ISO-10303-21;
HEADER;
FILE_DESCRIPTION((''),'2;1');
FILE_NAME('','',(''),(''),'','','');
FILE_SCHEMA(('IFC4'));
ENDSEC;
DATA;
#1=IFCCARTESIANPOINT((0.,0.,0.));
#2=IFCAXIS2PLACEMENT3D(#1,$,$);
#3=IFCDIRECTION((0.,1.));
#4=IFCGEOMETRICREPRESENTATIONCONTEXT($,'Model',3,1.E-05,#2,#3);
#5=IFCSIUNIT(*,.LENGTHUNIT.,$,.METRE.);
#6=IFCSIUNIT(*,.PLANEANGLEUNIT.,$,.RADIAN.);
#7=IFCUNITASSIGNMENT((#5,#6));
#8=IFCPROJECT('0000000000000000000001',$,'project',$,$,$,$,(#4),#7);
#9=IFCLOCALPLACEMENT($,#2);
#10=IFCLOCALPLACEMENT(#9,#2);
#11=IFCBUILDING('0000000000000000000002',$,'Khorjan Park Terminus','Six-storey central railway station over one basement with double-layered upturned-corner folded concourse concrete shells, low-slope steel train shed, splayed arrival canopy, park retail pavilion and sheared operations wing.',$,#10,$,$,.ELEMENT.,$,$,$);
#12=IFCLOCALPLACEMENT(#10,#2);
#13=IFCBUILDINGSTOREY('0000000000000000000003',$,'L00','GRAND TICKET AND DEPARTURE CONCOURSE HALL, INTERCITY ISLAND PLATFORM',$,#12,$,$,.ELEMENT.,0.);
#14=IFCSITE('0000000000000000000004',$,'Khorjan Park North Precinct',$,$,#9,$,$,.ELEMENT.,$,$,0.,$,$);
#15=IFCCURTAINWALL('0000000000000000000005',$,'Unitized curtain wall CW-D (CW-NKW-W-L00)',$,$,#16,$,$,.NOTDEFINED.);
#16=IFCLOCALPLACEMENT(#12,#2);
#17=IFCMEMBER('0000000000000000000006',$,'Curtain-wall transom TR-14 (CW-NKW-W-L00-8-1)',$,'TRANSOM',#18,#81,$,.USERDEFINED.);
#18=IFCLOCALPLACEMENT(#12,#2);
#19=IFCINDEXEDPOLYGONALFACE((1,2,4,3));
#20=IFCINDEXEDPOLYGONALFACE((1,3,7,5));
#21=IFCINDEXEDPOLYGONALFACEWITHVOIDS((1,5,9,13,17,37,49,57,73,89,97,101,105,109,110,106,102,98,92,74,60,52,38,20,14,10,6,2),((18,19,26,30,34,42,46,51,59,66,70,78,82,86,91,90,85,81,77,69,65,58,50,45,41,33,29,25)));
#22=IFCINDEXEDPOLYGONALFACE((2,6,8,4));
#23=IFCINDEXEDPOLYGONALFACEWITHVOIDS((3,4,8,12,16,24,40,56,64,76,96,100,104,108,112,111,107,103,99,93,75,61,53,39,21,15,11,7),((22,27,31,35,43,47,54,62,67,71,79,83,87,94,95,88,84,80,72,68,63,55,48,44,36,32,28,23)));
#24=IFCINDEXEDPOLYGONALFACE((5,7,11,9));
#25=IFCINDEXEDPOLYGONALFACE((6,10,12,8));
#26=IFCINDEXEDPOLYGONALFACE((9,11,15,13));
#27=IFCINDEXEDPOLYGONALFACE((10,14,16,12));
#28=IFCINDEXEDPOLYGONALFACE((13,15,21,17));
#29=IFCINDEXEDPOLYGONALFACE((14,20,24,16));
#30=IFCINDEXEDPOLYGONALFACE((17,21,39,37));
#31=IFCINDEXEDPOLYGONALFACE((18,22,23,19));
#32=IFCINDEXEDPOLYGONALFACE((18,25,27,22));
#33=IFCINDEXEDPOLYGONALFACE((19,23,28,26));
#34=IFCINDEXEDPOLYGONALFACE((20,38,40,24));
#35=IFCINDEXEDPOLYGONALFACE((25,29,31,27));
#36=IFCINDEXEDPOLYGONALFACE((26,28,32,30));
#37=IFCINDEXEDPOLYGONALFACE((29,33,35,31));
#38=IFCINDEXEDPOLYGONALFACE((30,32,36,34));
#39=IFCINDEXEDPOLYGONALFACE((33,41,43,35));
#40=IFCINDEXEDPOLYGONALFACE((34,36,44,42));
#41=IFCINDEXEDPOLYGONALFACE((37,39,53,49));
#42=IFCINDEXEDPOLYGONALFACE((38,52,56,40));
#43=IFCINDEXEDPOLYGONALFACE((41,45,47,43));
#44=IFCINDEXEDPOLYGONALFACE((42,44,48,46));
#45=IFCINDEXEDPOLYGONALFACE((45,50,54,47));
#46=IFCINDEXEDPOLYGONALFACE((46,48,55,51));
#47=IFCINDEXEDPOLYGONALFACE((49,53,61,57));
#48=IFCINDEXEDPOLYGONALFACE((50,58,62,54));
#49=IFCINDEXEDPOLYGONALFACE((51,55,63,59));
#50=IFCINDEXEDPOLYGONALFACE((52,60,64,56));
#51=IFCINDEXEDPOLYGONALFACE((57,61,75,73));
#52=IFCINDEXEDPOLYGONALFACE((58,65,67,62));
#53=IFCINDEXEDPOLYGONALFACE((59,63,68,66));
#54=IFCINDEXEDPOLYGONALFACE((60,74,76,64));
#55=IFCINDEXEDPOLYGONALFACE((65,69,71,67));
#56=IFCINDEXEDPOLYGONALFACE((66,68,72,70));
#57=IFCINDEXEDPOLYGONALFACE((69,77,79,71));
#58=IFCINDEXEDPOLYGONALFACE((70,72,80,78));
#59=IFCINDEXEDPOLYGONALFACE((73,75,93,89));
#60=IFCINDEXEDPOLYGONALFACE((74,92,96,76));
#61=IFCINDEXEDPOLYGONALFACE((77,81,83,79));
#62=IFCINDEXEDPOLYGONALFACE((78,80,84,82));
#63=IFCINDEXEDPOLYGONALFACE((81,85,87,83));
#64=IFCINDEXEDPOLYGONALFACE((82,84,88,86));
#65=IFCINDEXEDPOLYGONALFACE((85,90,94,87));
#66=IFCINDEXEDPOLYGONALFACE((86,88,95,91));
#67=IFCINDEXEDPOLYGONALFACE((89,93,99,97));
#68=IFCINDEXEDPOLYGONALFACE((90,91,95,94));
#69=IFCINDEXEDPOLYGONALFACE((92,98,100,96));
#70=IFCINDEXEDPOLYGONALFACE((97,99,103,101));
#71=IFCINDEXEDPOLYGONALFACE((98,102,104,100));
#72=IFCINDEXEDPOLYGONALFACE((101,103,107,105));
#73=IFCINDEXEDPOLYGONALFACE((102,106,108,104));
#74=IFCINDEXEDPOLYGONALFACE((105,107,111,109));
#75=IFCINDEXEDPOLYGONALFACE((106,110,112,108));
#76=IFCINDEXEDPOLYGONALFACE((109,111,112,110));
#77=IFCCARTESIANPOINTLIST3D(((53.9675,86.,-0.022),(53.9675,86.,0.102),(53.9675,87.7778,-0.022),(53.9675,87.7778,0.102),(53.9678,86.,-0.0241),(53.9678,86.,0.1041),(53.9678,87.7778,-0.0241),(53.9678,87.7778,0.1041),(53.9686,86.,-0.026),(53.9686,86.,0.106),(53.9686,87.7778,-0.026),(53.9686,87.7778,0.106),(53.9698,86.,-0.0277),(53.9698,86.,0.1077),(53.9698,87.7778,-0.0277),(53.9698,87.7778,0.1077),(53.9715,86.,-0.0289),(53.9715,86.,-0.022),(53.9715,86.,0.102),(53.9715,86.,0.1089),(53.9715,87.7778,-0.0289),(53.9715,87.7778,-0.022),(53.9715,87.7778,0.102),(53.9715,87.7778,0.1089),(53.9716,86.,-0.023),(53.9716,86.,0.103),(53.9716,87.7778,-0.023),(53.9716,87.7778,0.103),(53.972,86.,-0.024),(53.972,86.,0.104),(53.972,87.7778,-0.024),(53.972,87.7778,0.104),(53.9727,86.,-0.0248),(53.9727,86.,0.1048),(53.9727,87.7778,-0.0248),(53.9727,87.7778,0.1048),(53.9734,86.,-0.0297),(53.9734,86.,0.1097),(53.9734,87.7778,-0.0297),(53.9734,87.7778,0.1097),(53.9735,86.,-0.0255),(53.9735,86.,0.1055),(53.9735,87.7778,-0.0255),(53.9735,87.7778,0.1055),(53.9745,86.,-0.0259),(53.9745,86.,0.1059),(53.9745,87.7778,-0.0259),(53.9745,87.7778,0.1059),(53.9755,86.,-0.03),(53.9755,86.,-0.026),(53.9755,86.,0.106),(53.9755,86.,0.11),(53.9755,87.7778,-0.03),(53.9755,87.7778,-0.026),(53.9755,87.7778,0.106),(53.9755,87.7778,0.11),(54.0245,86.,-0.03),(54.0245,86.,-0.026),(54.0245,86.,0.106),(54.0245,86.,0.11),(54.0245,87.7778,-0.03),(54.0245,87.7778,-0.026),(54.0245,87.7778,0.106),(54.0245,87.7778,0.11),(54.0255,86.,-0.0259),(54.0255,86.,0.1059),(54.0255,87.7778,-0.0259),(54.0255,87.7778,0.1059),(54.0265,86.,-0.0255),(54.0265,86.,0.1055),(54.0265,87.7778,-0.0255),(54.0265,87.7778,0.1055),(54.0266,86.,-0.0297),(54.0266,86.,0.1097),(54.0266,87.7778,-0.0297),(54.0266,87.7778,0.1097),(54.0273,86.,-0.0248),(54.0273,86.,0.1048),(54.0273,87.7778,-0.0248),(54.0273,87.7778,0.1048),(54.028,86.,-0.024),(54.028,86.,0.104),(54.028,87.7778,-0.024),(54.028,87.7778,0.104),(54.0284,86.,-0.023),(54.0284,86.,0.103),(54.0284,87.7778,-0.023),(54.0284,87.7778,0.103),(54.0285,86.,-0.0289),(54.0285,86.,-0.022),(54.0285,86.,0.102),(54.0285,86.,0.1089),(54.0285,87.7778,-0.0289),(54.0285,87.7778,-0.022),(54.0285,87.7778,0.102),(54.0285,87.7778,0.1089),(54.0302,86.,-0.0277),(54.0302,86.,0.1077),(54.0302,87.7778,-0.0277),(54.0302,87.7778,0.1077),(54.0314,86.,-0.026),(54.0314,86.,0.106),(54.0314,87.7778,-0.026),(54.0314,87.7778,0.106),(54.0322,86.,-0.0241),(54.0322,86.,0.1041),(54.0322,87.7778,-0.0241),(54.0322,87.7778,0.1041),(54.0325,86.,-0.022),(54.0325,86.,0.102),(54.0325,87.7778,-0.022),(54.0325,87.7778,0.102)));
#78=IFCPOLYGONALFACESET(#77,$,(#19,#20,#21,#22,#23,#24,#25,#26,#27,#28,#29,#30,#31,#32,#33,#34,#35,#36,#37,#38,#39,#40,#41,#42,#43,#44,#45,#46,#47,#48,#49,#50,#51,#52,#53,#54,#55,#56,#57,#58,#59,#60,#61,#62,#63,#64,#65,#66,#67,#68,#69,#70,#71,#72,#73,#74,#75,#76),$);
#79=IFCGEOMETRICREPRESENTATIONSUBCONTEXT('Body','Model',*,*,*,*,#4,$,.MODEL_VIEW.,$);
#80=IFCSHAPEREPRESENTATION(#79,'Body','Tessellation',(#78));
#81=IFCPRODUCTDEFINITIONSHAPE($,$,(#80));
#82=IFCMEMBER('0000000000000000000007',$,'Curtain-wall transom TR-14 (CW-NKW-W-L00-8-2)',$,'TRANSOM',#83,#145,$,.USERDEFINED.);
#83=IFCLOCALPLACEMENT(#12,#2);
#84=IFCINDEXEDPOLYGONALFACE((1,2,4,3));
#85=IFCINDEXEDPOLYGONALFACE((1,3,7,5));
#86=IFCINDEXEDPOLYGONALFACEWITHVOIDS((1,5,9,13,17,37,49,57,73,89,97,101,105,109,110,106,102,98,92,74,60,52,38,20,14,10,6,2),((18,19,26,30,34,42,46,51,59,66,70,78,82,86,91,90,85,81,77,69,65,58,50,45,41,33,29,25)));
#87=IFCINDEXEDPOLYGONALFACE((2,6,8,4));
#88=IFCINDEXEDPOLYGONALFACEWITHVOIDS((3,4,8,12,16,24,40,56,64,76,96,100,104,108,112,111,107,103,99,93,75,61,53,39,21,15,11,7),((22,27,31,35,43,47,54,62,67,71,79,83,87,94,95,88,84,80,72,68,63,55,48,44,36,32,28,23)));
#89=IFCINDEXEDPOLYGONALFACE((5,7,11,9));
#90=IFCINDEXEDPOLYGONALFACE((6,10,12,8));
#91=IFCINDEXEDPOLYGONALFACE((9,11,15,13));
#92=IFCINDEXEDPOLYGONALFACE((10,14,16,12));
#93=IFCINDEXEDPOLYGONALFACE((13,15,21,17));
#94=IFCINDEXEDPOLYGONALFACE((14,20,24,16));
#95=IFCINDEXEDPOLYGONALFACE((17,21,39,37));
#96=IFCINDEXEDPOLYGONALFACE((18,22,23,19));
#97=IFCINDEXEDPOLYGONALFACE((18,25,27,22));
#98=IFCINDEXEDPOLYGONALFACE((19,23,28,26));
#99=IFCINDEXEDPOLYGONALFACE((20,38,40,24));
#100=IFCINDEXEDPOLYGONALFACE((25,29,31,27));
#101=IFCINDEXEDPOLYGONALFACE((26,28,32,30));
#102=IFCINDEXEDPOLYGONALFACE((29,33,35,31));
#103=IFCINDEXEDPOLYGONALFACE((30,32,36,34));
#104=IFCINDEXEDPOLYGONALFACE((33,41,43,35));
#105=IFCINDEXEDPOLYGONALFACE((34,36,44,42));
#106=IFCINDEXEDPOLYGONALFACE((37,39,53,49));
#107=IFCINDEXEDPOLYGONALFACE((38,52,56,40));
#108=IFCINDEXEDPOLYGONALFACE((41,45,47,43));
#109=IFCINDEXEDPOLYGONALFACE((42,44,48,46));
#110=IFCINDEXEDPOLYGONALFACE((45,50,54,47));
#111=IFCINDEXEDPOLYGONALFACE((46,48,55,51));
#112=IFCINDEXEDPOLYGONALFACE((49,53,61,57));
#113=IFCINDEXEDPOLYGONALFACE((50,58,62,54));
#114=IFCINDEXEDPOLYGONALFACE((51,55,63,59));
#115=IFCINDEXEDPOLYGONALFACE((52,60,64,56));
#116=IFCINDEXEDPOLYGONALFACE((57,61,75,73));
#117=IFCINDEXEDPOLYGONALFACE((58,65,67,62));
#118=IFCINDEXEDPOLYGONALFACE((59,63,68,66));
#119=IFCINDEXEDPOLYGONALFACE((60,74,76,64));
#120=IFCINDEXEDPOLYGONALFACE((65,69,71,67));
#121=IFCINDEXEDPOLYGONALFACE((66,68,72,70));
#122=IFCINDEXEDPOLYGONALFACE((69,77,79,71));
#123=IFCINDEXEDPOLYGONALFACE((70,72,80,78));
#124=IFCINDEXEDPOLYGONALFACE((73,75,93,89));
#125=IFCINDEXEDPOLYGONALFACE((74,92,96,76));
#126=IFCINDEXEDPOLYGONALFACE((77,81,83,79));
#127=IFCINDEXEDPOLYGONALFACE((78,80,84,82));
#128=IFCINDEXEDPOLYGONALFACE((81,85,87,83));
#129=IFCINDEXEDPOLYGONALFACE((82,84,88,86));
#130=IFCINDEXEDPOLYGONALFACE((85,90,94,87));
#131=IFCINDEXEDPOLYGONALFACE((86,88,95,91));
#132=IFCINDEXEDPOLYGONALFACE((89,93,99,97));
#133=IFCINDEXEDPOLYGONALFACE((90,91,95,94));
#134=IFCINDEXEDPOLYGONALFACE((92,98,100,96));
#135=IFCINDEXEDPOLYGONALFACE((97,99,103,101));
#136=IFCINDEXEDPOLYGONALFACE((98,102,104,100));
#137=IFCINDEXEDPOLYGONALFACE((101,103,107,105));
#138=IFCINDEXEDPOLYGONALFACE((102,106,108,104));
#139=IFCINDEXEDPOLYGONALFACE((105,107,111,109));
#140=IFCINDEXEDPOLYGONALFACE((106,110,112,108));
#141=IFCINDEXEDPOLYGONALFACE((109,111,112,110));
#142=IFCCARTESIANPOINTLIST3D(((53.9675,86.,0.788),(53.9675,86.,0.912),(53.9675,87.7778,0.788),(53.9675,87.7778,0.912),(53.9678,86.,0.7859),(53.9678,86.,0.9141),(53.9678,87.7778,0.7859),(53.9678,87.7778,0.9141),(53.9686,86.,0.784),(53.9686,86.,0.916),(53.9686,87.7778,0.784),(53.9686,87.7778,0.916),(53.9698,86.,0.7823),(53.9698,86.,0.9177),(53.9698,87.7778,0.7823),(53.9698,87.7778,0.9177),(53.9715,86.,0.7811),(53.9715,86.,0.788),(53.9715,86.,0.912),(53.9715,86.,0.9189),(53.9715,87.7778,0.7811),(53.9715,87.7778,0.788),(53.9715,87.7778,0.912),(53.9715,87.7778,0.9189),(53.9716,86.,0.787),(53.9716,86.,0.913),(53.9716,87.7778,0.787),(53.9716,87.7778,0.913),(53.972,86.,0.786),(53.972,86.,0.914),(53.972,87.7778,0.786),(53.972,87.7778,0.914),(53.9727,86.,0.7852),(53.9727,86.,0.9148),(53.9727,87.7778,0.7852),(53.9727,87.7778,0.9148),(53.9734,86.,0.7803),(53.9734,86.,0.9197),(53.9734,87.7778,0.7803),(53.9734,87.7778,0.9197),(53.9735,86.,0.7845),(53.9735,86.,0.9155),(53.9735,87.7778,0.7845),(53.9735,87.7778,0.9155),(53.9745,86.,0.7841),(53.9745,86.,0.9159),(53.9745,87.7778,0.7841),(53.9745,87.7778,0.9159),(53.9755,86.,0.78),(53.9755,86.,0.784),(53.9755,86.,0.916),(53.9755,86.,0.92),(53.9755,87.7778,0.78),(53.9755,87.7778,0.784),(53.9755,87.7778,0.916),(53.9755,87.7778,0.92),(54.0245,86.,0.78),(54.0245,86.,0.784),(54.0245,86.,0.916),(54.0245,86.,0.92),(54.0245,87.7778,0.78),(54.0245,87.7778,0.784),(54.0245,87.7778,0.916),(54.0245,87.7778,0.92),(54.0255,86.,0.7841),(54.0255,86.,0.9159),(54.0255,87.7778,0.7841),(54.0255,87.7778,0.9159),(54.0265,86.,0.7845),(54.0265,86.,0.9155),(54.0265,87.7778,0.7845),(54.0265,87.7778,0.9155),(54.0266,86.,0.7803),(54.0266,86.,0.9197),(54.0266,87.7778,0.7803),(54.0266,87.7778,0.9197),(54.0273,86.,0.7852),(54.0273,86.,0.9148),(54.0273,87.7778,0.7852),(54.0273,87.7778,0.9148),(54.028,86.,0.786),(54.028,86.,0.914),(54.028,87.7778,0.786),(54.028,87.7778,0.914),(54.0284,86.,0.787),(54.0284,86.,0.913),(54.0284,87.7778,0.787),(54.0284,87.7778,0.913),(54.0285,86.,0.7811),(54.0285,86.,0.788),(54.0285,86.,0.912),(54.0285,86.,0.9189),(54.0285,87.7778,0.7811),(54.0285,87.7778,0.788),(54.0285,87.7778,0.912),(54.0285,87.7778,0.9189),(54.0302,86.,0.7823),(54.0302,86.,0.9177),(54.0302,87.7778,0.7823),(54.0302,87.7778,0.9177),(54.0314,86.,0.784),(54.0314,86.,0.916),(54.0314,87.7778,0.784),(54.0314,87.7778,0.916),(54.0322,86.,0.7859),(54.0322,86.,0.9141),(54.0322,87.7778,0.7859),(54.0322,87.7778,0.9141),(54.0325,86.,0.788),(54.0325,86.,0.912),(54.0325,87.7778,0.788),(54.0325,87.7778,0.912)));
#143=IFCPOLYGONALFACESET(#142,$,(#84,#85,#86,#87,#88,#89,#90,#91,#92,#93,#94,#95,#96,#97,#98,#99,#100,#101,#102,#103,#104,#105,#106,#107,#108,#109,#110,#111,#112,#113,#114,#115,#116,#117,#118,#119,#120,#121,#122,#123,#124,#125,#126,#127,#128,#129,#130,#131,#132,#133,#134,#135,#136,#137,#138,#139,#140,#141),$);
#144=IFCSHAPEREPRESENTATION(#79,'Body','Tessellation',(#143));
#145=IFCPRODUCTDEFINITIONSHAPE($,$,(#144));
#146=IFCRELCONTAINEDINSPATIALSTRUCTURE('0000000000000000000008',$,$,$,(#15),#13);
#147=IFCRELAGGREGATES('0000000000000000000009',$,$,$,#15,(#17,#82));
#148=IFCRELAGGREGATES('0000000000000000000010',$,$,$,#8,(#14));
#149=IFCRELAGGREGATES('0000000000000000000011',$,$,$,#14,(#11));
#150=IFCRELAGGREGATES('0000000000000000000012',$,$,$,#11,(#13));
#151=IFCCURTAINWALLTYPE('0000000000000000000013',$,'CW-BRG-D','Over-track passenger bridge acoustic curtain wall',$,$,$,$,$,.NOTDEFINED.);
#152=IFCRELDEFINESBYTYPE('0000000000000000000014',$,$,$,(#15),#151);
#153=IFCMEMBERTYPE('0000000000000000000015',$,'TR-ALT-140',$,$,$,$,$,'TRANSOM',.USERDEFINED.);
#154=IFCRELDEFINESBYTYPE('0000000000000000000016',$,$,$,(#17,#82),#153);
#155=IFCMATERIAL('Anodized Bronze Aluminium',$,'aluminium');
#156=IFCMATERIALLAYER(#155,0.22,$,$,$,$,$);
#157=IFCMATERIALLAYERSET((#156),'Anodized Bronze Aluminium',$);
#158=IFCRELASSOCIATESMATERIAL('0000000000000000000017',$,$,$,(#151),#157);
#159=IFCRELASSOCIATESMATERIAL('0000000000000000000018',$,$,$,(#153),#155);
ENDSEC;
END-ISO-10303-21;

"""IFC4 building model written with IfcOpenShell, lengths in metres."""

from ifc_helpers import new_model, si_unit, direction, frame, origin, origin_2d, place, context, subcontext, project, spatial, hollow_rectangle, extrude, material, layer, layer_set, material_profile, profile_set, type_object, element, aggregate, save


model = new_model("IFC4")

# Units and contexts
model_context = context("Model", 3, precision=1e-05, world=origin(), true_north=direction((0.0, 1.0)))
body_context = subcontext(model_context, "Body", "Model", "MODEL_VIEW")
ifc_project = project(units=[si_unit("LENGTHUNIT", "METRE"), si_unit("PLANEANGLEUNIT", "RADIAN")], contexts=[model_context])

# Site, building, storey
site_placement = place(None, origin())
site = spatial("IfcSite", under=ifc_project, at=site_placement, Name="Khorjan Park North Precinct", CompositionType="ELEMENT", RefElevation=0.0)
building_placement = place(site_placement, origin())
building = spatial("IfcBuilding", under=site, at=building_placement, Name="Khorjan Park Terminus", Description="Six-storey central railway station over one basement with double-layered upturned-corner folded concourse concrete shells, low-slope steel train shed, splayed arrival canopy, park retail pavilion and sheared operations wing.", CompositionType="ELEMENT")
storey_placement = place(building_placement, origin())
storey = spatial("IfcBuildingStorey", under=building, at=storey_placement, Name="L00", Description="GRAND TICKET AND DEPARTURE CONCOURSE HALL, INTERCITY ISLAND PLATFORM", CompositionType="ELEMENT", Elevation=0.0)

# Curtain wall, members
ifc_material_1 = material(Name="Anodized Bronze Aluminium", Category="aluminium")
ifc_layer_1 = layer(ifc_material_1, 0.22)
ifc_layer_set_1 = layer_set([ifc_layer_1], Name="Anodized Bronze Aluminium")
curtain_wall_type = type_object("IfcCurtainWallType", Name="CW-BRG-D", Description="Over-track passenger bridge acoustic curtain wall", PredefinedType="NOTDEFINED", material=ifc_layer_set_1)
curtain_wall_placement = place(storey_placement, origin())
curtain_wall = element("IfcCurtainWall", 1, at=curtain_wall_placement, inside=storey, type_object=curtain_wall_type, Name="Unitized curtain wall CW-D (CW-NKW-W-L00)", PredefinedType="NOTDEFINED")
ifc_material_profile_1 = material_profile(ifc_material_1, hollow_rectangle(XDim=0.065, YDim=0.14, WallThickness=0.004, InnerFilletRadius=0.004, OuterFilletRadius=0.008, at=origin_2d()), Name="ALT 65x140x4")
ifc_profile_set_1 = profile_set([ifc_material_profile_1], Name="Anodized Bronze Aluminium")
member_type_1 = type_object("IfcMemberType", Name="TR-ALT-140", ElementType="TRANSOM", PredefinedType="USERDEFINED", material=ifc_profile_set_1)
member_1_placement = place(storey_placement, frame((54.0, 87.7778, 0.04), z_axis=(0.0, -1.0, 0.0), x_axis=(1.0, 0.0, 0.0)))
member_1 = element("IfcMember", 2, at=member_1_placement, type_object=member_type_1, Name="Curtain-wall transom TR-14 (CW-NKW-W-L00-8-1)", ObjectType="TRANSOM", PredefinedType="USERDEFINED", context=body_context, shape_type="SweptSolid", body=[
    extrude(hollow_rectangle(XDim=0.065, YDim=0.14, WallThickness=0.004, InnerFilletRadius=0.004, OuterFilletRadius=0.008, at=origin_2d()), origin(), (0.0, 0.0, 1.0), 1.7778),
])
member_2_placement = place(storey_placement, frame((54.0, 87.7778, 0.85), z_axis=(0.0, -1.0, 0.0), x_axis=(1.0, 0.0, 0.0)))
member_2 = element("IfcMember", 3, at=member_2_placement, type_object=member_type_1, Name="Curtain-wall transom TR-14 (CW-NKW-W-L00-8-2)", ObjectType="TRANSOM", PredefinedType="USERDEFINED", context=body_context, shape_type="SweptSolid", body=[
    extrude(hollow_rectangle(XDim=0.065, YDim=0.14, WallThickness=0.004, InnerFilletRadius=0.004, OuterFilletRadius=0.008, at=origin_2d()), origin(), (0.0, 0.0, 1.0), 1.7778),
])
aggregate(curtain_wall, [member_1, member_2])

save(model, "model.ifc")
